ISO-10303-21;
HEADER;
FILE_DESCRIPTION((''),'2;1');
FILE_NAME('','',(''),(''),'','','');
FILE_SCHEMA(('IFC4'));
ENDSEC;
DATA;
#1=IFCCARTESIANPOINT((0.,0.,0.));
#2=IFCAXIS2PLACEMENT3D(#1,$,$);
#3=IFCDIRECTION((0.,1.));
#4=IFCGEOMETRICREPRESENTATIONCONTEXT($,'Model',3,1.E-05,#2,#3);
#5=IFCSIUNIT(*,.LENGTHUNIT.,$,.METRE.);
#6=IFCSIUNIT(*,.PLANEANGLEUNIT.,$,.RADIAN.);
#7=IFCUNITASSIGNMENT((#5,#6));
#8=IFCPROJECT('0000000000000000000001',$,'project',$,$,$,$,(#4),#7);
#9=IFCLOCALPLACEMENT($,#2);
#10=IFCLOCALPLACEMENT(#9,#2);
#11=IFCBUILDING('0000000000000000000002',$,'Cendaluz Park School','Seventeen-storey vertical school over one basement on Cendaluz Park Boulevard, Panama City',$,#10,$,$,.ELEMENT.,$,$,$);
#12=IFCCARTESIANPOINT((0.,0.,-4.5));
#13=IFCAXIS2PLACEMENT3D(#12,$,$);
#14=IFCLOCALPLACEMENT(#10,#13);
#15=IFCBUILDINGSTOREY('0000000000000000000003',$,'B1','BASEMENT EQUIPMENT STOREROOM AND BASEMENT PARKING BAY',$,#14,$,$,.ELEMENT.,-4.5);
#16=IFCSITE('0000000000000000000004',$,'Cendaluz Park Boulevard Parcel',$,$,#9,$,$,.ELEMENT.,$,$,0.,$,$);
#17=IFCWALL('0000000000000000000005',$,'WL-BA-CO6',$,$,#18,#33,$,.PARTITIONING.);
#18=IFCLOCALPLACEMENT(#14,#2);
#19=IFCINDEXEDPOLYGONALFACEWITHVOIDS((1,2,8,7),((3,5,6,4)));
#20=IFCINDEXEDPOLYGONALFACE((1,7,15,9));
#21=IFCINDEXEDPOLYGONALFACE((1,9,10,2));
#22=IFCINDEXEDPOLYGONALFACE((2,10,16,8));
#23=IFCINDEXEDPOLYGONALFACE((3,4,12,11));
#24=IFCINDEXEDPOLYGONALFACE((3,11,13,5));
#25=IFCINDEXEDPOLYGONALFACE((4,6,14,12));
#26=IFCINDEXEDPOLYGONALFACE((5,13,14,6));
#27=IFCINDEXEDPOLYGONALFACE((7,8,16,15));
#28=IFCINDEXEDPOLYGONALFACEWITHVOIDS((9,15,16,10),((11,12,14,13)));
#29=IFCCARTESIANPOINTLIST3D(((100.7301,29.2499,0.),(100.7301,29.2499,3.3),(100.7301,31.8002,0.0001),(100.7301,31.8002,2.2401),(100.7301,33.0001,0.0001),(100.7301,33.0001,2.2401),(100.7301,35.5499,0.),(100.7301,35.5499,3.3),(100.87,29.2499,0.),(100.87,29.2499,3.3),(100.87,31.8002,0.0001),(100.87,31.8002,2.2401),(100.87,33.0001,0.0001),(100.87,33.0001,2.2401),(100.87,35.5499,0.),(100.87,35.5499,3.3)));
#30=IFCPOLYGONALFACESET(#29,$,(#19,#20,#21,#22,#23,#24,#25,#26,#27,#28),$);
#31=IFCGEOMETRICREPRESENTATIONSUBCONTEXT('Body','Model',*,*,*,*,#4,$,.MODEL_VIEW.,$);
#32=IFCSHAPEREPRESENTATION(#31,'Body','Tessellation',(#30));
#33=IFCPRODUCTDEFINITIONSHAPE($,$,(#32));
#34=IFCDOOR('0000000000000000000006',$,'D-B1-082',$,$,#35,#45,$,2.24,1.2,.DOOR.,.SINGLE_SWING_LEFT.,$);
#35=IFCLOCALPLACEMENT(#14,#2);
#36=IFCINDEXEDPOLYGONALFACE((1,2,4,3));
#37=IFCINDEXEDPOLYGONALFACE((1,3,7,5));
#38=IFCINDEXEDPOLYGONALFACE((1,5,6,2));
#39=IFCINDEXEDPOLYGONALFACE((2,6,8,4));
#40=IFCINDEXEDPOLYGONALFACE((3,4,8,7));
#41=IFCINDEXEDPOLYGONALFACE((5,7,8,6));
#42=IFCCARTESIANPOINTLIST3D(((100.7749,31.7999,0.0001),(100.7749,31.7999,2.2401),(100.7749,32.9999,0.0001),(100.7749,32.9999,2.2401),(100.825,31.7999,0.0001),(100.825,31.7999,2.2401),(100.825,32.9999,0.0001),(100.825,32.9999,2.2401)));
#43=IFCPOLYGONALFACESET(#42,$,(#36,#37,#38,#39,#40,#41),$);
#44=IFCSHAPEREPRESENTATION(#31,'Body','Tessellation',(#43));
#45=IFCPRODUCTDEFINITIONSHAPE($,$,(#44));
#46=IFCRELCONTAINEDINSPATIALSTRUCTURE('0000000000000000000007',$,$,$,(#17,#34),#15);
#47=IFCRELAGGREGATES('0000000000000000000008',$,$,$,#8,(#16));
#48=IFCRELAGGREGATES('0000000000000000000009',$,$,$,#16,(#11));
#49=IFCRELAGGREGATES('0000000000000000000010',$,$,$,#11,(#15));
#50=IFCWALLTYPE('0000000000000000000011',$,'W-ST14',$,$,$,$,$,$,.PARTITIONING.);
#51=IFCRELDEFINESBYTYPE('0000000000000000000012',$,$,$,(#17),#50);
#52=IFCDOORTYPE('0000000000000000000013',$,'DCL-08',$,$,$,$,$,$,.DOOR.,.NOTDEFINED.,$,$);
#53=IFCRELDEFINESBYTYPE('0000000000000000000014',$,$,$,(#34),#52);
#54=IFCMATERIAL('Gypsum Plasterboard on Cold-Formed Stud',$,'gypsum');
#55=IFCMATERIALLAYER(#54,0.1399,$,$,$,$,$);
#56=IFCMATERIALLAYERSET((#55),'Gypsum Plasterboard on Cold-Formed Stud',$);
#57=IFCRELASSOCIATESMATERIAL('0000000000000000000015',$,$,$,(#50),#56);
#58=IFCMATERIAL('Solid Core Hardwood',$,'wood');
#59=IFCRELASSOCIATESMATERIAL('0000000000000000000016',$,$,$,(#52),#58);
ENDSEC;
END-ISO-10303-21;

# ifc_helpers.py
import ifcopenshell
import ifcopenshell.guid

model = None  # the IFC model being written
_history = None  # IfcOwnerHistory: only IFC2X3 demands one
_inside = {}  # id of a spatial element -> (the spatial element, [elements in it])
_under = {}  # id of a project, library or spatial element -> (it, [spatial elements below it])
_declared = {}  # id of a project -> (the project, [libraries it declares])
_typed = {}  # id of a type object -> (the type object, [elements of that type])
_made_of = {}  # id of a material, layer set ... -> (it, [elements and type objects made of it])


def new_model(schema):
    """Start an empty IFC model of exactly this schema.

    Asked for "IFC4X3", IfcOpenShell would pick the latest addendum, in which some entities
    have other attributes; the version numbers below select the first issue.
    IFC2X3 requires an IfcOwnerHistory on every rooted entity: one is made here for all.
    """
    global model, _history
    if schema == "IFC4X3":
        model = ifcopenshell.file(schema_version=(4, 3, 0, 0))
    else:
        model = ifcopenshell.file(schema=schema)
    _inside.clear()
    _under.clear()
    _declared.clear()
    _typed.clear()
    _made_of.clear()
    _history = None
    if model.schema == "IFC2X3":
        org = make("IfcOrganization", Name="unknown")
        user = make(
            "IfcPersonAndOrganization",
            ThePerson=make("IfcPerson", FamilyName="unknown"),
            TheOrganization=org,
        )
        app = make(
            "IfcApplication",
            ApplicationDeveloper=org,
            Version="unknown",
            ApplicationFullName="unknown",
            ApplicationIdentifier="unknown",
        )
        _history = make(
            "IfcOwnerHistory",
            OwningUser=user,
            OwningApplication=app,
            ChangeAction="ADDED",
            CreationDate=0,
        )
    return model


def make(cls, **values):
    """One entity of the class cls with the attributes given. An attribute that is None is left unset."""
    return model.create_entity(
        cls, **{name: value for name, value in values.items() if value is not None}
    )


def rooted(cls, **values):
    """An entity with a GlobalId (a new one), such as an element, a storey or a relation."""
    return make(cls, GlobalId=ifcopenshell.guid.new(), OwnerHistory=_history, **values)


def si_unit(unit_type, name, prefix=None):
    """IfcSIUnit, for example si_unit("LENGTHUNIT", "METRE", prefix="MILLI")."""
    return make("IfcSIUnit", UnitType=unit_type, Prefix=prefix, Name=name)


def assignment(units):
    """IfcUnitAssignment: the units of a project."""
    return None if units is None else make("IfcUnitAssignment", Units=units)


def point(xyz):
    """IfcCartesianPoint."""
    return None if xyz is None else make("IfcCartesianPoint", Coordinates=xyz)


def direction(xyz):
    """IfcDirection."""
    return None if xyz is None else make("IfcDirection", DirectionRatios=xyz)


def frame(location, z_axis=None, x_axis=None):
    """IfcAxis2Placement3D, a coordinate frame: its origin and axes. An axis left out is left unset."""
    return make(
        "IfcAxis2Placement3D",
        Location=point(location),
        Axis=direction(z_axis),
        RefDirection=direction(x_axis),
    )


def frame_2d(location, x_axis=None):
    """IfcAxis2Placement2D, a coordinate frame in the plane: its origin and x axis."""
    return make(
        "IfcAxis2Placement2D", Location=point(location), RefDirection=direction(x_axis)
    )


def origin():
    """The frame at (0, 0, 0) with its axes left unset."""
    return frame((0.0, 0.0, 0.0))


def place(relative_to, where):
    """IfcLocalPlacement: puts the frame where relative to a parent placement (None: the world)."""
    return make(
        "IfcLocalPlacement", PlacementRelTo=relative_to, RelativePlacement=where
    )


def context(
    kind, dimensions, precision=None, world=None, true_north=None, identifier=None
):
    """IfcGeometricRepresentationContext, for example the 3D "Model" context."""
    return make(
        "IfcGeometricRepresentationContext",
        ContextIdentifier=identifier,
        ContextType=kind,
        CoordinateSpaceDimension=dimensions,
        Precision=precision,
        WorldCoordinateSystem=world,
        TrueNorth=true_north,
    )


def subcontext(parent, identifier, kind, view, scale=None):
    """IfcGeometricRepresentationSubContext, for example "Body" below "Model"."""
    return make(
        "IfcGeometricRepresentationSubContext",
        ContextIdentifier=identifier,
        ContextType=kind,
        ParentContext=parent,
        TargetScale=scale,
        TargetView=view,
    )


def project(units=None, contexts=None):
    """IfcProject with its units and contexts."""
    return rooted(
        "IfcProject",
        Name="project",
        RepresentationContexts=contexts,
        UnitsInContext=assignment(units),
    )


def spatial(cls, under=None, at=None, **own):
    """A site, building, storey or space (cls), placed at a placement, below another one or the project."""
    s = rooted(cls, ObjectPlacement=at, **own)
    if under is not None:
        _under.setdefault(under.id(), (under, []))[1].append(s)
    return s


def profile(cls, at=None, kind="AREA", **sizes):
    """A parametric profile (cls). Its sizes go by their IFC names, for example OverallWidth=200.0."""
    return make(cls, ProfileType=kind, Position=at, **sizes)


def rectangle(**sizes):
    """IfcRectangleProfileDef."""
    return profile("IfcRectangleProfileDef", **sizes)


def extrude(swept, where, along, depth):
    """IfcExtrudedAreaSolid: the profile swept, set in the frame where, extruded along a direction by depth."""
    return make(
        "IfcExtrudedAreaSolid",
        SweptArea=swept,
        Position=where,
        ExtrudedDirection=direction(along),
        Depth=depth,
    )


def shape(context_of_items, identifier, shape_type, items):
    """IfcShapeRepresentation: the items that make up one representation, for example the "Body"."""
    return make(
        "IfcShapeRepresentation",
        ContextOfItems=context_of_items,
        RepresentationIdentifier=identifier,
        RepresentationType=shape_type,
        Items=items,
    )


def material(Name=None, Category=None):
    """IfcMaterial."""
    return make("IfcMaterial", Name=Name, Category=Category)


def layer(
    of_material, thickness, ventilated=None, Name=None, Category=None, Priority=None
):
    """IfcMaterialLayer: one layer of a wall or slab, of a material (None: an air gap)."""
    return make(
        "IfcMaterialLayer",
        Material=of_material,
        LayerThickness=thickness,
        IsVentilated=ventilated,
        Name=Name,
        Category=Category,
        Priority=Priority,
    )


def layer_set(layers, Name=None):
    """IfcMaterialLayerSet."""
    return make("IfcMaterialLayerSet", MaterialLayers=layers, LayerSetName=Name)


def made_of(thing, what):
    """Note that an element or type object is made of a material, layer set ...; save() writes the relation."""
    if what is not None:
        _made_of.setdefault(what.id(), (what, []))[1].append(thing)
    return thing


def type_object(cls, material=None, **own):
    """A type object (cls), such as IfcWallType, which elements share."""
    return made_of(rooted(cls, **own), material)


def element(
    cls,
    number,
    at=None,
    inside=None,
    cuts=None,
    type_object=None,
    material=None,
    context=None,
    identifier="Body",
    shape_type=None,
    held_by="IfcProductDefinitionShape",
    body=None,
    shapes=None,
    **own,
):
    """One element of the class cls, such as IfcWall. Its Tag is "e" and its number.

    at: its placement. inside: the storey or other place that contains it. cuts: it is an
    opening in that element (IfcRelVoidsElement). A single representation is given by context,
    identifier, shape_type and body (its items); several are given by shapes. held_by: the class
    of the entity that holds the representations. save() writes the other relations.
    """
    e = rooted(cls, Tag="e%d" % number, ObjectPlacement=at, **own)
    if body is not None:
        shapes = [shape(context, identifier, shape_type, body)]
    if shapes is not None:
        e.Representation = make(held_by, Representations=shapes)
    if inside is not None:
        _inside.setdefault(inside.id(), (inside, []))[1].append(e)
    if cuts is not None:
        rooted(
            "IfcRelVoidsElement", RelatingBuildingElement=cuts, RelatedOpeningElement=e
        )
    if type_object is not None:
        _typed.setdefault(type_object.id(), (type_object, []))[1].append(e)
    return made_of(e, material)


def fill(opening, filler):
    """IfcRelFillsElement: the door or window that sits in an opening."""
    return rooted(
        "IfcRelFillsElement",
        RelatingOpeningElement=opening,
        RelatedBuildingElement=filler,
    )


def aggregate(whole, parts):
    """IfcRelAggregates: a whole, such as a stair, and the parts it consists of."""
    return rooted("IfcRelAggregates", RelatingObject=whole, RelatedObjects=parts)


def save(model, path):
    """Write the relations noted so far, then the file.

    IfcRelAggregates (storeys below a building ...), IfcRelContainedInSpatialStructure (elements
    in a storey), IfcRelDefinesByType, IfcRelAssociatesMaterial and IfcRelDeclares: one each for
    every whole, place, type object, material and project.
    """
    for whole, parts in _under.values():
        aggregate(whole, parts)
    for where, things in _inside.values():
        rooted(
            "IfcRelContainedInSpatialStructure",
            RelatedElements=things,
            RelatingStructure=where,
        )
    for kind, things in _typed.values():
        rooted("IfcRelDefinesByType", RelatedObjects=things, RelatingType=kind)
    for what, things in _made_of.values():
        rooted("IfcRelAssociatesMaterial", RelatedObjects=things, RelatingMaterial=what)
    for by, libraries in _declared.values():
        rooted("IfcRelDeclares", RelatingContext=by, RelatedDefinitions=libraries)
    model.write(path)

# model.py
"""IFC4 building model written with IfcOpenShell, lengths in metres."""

from ifc_helpers import new_model, si_unit, direction, frame, frame_2d, origin, place, context, subcontext, project, spatial, rectangle, extrude, material, layer, layer_set, type_object, element, fill, save


model = new_model("IFC4")

# Units and contexts
model_context = context("Model", 3, precision=1e-05, world=origin(), true_north=direction((0.0, 1.0)))
body_context = subcontext(model_context, "Body", "Model", "MODEL_VIEW")
ifc_project = project(units=[si_unit("LENGTHUNIT", "METRE"), si_unit("PLANEANGLEUNIT", "RADIAN")], contexts=[model_context])

# Site, building, storey
site_placement = place(None, origin())
site = spatial("IfcSite", under=ifc_project, at=site_placement, Name="Cendaluz Park Boulevard Parcel", CompositionType="ELEMENT", RefElevation=0.0)
building_placement = place(site_placement, origin())
building = spatial("IfcBuilding", under=site, at=building_placement, Name="Cendaluz Park School", Description="Seventeen-storey vertical school over one basement on Cendaluz Park Boulevard, Panama City", CompositionType="ELEMENT")
storey_placement = place(building_placement, frame((0.0, 0.0, -4.5)))
storey = spatial("IfcBuildingStorey", under=building, at=storey_placement, Name="B1", Description="BASEMENT EQUIPMENT STOREROOM AND BASEMENT PARKING BAY", CompositionType="ELEMENT", Elevation=-4.5)

# Shared definitions
ifc_material_1 = material(Name="Gypsum Plasterboard on Cold-Formed Stud", Category="gypsum")
ifc_layer_1 = layer(ifc_material_1, 0.1399)
ifc_layer_set_1 = layer_set([ifc_layer_1], Name="Gypsum Plasterboard on Cold-Formed Stud")
wall_type_1 = type_object("IfcWallType", Name="W-ST14", PredefinedType="PARTITIONING", material=ifc_layer_set_1)

# Shared definitions
ifc_material_2 = material(Name="Solid Core Hardwood", Category="wood")

# Wall, opening, door
wall_1_placement = place(storey_placement, frame((100.8, 29.25, 0.0), z_axis=(0.0, 0.0, 1.0), x_axis=(0.0, 1.0, 0.0)))
wall_1 = element("IfcWall", 1, at=wall_1_placement, inside=storey, type_object=wall_type_1, Name="WL-BA-CO6", PredefinedType="PARTITIONING", context=body_context, shape_type="SweptSolid", body=[
    extrude(rectangle(XDim=6.3, YDim=0.1399, at=frame_2d((3.1499, 0.0))), origin(), (0.0, 0.0, 1.0), 3.3),
])
opening_1_placement = place(wall_1_placement, frame((2.55, 0.0, 0.0)))
opening_1 = element("IfcOpeningElement", 2, at=opening_1_placement, cuts=wall_1, PredefinedType="OPENING", context=body_context, shape_type="SweptSolid", body=[
    extrude(rectangle(XDim=1.2, YDim=2.24, at=frame_2d((0.6001, 1.1201))), frame((0.0, 0.082, 0.0), z_axis=(0.0, -1.0, 0.0), x_axis=(1.0, 0.0, 0.0)), (0.0, 0.0, 1.0), 0.1638),
])
door_type_1 = type_object("IfcDoorType", Name="DCL-08", OperationType="NOTDEFINED", PredefinedType="DOOR", material=ifc_material_2)
door_1_placement = place(opening_1_placement, frame((1.2, 0.0, 0.0), z_axis=(0.0, 0.0, 1.0), x_axis=(-1.0, 0.0, 0.0)))
door_1 = element("IfcDoor", 3, at=door_1_placement, inside=storey, type_object=door_type_1, Name="D-B1-082", OperationType="SINGLE_SWING_LEFT", OverallHeight=2.24, OverallWidth=1.2, PredefinedType="DOOR", context=body_context, shape_type="SweptSolid", body=[
    extrude(rectangle(XDim=1.2, YDim=2.24, at=frame_2d((0.6001, 1.1201))), frame((0.0, 0.0249, 0.0), z_axis=(0.0, -1.0, 0.0), x_axis=(1.0, 0.0, 0.0)), (0.0, 0.0, 1.0), 0.05),
])
fill(opening_1, door_1)

save(model, "model.ifc")
